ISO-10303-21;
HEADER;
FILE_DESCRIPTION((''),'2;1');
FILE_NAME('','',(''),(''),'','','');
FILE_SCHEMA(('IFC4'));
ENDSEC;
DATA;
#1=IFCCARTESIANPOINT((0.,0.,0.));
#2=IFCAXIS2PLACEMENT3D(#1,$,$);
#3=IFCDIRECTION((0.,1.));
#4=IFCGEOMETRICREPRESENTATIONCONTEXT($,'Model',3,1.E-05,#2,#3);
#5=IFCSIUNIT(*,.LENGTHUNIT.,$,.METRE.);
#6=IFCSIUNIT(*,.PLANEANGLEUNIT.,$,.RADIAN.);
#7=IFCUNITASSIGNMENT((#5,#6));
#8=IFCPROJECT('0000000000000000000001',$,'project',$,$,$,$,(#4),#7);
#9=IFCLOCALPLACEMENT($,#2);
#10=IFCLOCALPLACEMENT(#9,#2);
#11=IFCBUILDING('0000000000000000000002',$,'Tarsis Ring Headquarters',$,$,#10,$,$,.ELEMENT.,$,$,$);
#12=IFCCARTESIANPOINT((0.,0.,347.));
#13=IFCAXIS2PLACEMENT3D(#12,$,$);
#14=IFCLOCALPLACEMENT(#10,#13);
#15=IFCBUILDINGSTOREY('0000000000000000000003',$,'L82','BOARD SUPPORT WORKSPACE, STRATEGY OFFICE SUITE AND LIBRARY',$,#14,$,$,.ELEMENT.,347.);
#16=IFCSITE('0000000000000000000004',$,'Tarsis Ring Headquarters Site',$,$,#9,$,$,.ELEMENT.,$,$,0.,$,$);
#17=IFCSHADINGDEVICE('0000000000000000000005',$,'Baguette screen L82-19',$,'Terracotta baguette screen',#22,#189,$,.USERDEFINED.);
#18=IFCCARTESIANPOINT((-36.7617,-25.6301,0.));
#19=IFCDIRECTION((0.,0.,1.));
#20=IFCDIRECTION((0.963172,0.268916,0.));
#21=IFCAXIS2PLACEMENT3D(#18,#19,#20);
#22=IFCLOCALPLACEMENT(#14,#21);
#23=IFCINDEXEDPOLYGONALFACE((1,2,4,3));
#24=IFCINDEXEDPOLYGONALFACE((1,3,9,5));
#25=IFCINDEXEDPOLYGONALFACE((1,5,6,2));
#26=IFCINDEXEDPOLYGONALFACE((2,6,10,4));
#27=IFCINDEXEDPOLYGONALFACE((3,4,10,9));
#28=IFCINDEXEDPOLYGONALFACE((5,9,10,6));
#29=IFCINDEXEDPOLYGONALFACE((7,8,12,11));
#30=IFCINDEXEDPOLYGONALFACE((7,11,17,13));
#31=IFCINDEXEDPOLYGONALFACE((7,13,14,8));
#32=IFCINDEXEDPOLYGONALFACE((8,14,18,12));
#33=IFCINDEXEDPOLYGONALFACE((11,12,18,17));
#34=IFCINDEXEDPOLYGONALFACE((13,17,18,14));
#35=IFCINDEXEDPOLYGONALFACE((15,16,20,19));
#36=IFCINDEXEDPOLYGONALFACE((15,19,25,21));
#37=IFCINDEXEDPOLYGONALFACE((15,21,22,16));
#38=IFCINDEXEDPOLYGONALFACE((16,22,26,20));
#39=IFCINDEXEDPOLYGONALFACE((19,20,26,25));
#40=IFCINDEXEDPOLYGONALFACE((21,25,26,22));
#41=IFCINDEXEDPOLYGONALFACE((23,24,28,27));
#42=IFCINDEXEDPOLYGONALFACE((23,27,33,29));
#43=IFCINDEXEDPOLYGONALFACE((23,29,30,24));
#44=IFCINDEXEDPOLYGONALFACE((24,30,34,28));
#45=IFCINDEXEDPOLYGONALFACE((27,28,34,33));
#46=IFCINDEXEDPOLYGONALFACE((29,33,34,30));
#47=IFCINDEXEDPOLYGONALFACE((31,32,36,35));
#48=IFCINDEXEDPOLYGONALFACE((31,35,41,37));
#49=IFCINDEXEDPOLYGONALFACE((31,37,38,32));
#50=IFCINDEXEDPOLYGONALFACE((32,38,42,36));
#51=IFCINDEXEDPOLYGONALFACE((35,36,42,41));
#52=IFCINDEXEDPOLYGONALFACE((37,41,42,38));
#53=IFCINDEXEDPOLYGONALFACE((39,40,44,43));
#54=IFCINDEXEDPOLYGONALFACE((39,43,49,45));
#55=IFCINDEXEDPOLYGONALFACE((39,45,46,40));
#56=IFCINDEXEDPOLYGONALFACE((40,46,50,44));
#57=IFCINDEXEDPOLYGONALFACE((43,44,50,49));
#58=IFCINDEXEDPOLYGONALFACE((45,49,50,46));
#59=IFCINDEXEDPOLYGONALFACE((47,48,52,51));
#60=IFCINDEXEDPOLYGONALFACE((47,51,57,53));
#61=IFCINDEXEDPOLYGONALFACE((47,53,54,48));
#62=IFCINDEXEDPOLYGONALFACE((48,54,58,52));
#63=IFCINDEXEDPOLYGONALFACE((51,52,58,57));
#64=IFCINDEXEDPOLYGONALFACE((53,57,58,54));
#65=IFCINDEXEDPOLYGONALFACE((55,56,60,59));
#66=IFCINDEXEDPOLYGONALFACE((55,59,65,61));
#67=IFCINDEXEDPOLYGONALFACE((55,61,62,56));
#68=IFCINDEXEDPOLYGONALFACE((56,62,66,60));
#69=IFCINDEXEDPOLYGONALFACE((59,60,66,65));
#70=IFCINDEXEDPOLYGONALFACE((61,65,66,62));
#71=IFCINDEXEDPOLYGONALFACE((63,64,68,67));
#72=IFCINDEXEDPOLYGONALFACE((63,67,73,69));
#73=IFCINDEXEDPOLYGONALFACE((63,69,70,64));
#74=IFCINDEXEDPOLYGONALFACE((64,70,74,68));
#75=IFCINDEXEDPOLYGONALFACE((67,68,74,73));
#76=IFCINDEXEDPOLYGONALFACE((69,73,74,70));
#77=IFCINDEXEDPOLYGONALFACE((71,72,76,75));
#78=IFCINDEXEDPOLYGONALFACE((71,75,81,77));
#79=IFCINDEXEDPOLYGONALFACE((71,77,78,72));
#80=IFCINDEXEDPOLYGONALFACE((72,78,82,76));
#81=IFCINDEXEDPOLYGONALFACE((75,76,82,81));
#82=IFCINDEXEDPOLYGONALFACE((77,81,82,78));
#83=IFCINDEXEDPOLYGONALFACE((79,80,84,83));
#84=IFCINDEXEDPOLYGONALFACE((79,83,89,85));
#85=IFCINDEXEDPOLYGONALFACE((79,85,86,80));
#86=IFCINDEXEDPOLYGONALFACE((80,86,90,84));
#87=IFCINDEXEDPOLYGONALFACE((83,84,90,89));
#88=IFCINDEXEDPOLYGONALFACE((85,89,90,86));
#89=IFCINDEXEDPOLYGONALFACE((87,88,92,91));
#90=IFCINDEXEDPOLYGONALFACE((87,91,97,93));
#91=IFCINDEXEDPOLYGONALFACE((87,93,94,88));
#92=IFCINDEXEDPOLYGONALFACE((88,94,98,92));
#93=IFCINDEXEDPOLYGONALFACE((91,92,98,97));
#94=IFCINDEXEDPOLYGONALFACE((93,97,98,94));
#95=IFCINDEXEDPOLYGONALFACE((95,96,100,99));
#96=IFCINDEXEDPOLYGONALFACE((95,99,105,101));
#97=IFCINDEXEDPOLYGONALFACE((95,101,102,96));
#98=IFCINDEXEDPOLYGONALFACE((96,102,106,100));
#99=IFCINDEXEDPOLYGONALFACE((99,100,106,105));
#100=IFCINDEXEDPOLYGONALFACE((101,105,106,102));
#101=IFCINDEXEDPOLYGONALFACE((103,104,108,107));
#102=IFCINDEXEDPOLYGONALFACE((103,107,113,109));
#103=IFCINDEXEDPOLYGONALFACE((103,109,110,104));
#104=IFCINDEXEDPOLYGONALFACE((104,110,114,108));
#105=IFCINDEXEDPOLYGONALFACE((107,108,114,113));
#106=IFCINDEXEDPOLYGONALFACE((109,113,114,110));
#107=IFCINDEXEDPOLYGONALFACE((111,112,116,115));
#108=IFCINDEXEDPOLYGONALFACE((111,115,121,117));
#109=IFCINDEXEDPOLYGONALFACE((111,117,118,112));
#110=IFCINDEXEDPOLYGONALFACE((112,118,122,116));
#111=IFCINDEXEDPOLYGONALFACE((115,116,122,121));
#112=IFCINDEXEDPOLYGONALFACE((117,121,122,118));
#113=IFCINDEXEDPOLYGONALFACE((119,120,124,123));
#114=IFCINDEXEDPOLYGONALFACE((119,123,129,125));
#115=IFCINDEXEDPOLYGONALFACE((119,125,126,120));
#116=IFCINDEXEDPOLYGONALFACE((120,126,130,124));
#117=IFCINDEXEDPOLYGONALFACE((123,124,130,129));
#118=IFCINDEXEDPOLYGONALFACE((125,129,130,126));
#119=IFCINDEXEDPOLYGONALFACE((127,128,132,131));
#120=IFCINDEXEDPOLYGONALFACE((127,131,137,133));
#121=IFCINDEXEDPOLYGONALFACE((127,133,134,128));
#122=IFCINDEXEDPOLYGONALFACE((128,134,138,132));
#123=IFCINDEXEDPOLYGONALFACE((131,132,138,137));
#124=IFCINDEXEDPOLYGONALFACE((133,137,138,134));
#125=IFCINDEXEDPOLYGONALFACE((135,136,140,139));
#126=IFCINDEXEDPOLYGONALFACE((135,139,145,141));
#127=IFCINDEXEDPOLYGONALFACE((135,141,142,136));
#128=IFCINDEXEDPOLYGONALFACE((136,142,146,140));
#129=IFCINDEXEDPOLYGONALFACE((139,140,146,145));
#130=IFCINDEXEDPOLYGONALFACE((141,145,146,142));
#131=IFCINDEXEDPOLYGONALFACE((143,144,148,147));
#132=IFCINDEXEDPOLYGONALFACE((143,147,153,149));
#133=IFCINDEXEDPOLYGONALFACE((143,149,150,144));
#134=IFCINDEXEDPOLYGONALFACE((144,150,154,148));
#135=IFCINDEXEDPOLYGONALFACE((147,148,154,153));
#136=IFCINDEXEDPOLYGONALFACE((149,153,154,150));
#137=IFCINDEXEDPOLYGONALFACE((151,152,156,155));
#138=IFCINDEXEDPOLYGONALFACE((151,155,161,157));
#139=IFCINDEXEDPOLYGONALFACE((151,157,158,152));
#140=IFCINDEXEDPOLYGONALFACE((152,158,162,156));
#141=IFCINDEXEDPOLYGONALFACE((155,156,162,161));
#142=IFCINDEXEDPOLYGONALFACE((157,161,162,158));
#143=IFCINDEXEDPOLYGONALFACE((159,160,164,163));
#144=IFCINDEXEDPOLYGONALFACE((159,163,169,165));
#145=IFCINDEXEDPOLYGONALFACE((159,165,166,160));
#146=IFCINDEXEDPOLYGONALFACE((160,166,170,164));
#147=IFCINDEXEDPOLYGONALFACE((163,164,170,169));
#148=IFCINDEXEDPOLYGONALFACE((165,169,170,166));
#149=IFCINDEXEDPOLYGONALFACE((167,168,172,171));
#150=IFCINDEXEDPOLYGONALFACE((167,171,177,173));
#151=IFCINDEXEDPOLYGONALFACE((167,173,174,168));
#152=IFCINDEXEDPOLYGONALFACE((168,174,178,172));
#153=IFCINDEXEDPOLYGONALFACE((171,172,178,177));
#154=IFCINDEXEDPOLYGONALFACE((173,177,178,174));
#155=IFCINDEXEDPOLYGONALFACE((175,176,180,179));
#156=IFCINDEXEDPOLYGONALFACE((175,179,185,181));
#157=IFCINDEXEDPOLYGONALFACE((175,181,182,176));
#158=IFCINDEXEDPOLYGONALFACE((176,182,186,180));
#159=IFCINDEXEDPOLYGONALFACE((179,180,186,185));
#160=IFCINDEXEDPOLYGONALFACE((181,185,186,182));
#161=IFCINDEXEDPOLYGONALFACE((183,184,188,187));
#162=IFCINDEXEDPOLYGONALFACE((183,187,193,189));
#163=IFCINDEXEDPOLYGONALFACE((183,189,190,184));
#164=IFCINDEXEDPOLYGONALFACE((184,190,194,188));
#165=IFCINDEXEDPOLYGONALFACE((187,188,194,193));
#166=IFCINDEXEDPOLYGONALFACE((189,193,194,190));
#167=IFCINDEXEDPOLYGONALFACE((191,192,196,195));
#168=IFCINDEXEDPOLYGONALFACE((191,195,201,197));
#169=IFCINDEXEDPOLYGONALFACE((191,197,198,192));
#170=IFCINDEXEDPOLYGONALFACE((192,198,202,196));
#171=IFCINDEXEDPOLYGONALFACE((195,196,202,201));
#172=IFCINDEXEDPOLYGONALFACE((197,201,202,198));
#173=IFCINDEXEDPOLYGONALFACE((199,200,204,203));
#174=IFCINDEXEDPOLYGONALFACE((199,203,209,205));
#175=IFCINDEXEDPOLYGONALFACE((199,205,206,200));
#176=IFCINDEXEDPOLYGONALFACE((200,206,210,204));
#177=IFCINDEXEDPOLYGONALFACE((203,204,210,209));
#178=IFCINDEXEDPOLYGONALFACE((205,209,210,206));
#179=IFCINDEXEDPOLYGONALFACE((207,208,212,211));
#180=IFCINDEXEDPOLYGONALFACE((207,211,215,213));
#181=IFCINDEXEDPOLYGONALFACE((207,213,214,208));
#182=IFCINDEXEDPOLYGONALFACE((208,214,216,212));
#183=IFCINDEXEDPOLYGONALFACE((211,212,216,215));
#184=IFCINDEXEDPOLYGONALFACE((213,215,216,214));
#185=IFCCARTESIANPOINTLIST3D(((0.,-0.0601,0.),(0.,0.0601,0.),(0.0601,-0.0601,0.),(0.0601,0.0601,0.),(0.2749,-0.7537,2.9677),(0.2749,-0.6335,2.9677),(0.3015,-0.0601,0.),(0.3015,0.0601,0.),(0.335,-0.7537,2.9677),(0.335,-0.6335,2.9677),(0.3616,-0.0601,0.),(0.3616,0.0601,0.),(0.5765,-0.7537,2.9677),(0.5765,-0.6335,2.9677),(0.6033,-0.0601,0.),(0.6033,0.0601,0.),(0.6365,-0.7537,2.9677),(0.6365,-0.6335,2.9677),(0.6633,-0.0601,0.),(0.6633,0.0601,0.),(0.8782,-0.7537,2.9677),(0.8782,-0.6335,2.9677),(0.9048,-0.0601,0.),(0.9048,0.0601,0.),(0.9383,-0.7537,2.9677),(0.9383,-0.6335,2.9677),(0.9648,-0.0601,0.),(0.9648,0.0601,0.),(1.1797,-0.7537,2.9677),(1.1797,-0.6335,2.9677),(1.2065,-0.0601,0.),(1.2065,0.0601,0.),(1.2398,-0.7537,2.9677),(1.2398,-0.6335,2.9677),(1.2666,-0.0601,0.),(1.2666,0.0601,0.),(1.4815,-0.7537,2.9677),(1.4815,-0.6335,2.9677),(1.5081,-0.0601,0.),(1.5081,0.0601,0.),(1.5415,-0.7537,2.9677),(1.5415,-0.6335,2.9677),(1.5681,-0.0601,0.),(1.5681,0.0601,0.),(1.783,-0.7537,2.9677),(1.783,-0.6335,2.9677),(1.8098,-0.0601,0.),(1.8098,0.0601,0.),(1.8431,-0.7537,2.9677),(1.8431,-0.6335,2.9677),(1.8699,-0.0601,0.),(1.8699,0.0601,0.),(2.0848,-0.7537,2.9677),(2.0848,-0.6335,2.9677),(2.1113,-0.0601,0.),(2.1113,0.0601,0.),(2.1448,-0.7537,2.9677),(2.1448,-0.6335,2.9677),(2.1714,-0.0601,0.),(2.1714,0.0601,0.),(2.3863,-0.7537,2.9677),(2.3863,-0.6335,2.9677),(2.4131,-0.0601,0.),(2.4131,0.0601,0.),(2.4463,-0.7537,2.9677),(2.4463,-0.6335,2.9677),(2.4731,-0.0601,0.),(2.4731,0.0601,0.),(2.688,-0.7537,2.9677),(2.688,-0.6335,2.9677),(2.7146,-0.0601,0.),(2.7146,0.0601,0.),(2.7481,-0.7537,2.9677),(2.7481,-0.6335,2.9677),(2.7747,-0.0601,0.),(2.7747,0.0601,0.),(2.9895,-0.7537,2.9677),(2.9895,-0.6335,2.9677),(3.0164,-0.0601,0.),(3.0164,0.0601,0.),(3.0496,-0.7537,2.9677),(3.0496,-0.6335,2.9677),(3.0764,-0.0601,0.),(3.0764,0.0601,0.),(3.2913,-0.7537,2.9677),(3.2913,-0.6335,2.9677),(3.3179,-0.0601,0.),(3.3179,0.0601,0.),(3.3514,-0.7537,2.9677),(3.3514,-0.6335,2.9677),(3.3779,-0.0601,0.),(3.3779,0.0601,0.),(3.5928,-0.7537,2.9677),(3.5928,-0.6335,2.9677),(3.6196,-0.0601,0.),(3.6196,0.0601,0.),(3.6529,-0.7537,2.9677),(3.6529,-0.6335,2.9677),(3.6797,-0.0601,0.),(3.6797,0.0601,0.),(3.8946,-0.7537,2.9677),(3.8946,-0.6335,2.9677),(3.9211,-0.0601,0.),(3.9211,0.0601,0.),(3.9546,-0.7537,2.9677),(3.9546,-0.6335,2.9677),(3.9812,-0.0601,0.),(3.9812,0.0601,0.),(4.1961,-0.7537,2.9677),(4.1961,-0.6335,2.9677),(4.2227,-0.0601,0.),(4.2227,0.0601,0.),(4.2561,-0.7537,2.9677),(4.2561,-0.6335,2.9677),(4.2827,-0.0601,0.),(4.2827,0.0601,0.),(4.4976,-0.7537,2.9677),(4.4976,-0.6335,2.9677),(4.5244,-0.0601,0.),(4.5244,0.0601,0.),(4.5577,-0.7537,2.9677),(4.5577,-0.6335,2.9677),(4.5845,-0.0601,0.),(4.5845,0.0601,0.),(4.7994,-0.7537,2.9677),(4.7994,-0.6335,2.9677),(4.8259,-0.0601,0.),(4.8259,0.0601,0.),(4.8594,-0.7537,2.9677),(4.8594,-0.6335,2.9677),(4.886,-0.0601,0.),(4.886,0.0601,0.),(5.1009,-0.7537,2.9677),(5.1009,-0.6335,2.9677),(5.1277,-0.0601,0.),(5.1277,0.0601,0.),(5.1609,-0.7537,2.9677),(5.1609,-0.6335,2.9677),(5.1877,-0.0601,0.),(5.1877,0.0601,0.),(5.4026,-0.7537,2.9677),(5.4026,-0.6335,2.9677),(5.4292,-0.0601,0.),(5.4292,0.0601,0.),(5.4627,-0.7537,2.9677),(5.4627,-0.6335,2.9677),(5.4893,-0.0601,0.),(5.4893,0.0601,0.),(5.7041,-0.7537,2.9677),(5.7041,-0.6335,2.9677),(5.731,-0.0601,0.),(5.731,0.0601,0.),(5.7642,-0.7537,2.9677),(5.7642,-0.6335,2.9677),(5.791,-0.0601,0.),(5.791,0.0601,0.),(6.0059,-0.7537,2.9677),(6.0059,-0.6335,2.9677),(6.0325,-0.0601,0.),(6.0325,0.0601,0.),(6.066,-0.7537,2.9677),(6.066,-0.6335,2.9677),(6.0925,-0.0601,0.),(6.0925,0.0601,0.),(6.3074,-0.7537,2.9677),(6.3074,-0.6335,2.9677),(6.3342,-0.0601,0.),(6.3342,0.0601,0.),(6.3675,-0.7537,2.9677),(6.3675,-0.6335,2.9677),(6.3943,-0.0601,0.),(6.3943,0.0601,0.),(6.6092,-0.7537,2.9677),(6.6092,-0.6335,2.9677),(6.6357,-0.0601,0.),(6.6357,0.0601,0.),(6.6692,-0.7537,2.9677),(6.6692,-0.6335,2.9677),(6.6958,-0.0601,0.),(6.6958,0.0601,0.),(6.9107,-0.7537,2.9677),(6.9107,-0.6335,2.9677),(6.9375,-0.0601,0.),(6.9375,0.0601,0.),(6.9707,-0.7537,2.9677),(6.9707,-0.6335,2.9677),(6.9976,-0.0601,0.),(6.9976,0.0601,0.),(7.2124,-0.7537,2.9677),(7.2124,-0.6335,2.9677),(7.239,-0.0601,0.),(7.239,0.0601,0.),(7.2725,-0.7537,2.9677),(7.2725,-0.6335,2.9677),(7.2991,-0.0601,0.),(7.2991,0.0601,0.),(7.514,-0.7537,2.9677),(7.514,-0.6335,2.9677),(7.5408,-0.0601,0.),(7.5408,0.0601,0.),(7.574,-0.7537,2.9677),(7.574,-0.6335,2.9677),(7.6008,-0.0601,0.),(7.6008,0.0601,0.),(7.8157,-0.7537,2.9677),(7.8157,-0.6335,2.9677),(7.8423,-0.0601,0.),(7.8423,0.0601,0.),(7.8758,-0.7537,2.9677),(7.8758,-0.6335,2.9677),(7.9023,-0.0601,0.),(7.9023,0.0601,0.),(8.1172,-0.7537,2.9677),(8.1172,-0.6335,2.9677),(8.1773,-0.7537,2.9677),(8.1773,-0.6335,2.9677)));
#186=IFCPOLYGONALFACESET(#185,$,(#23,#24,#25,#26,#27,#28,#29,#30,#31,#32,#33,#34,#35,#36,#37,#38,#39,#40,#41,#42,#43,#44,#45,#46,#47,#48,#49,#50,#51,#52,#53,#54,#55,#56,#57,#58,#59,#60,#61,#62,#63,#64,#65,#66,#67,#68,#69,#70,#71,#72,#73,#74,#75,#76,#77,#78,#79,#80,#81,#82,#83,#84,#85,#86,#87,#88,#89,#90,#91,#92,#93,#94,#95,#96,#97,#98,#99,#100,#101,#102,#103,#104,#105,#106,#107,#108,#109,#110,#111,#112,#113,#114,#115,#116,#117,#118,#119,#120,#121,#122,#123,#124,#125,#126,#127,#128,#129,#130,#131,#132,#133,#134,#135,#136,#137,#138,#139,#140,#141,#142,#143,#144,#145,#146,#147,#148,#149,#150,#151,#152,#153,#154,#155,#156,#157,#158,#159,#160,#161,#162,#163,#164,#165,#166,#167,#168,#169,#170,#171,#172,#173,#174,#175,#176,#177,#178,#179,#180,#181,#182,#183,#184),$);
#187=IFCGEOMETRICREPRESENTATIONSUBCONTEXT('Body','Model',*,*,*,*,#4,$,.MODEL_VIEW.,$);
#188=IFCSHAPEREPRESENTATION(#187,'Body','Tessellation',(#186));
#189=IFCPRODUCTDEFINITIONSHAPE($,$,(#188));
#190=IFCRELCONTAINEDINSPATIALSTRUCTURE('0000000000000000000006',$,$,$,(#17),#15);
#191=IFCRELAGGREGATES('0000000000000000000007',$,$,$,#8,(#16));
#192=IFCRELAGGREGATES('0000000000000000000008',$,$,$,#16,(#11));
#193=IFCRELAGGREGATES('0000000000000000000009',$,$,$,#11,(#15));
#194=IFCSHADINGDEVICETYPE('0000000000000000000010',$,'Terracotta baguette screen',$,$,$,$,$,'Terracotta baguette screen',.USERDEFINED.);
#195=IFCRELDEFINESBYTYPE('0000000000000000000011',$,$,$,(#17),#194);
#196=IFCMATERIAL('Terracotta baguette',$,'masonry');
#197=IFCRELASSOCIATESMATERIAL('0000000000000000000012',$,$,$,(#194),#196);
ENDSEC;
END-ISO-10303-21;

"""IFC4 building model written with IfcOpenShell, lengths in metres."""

from ifc_helpers import new_model, si_unit, direction, frame, frame_2d, origin, place, context, subcontext, project, spatial, rectangle, composite_profile, extrude, material, type_object, element, save


model = new_model("IFC4")

# Units and contexts
model_context = context("Model", 3, precision=1e-05, world=origin(), true_north=direction((0.0, 1.0)))
body_context = subcontext(model_context, "Body", "Model", "MODEL_VIEW")
ifc_project = project(units=[si_unit("LENGTHUNIT", "METRE"), si_unit("PLANEANGLEUNIT", "RADIAN")], contexts=[model_context])

# Site, building, storey
site_placement = place(None, origin())
site = spatial("IfcSite", under=ifc_project, at=site_placement, Name="Tarsis Ring Headquarters Site", CompositionType="ELEMENT", RefElevation=0.0)
building_placement = place(site_placement, origin())
building = spatial("IfcBuilding", under=site, at=building_placement, Name="Tarsis Ring Headquarters", CompositionType="ELEMENT")
storey_placement = place(building_placement, frame((0.0, 0.0, 347.0)))
storey = spatial("IfcBuildingStorey", under=building, at=storey_placement, Name="L82", Description="BOARD SUPPORT WORKSPACE, STRATEGY OFFICE SUITE AND LIBRARY", CompositionType="ELEMENT", Elevation=347.0)

# Shading device
ifc_material_1 = material(Name="Terracotta baguette", Category="masonry")
shading_device_type_1 = type_object("IfcShadingDeviceType", Name="Terracotta baguette screen", ElementType="Terracotta baguette screen", PredefinedType="USERDEFINED", material=ifc_material_1)
shading_device_1_placement = place(storey_placement, frame((-36.7617, -25.6301, 0.0), z_axis=(0.0, 0.0, 1.0), x_axis=(0.963172, 0.268916, 0.0)))
element("IfcShadingDevice", 1, at=shading_device_1_placement, inside=storey, type_object=shading_device_type_1, Name="Baguette screen L82-19", ObjectType="Terracotta baguette screen", PredefinedType="USERDEFINED", context=body_context, shape_type="SweptSolid", body=[
    extrude(composite_profile([rectangle(XDim=0.0601, YDim=0.1201, at=frame_2d((0.03, 0.0))), rectangle(XDim=0.0601, YDim=0.1201, at=frame_2d((0.3315, 0.0))), rectangle(XDim=0.0601, YDim=0.1201, at=frame_2d((0.6333, 0.0))), rectangle(XDim=0.0601, YDim=0.1201, at=frame_2d((0.9348, 0.0))), rectangle(XDim=0.0601, YDim=0.1201, at=frame_2d((1.2366, 0.0))), rectangle(XDim=0.0601, YDim=0.1201, at=frame_2d((1.5381, 0.0))), rectangle(XDim=0.0601, YDim=0.1201, at=frame_2d((1.8398, 0.0))), rectangle(XDim=0.0601, YDim=0.1201, at=frame_2d((2.1414, 0.0))), rectangle(XDim=0.0601, YDim=0.1201, at=frame_2d((2.4431, 0.0))), rectangle(XDim=0.0601, YDim=0.1201, at=frame_2d((2.7446, 0.0))), rectangle(XDim=0.0601, YDim=0.1201, at=frame_2d((3.0464, 0.0))), rectangle(XDim=0.0601, YDim=0.1201, at=frame_2d((3.3479, 0.0))), rectangle(XDim=0.0601, YDim=0.1201, at=frame_2d((3.6497, 0.0))), rectangle(XDim=0.0601, YDim=0.1201, at=frame_2d((3.9512, 0.0))), rectangle(XDim=0.0601, YDim=0.1201, at=frame_2d((4.2527, 0.0))), rectangle(XDim=0.0601, YDim=0.1201, at=frame_2d((4.5544, 0.0))), rectangle(XDim=0.0601, YDim=0.1201, at=frame_2d((4.856, 0.0))), rectangle(XDim=0.0601, YDim=0.1201, at=frame_2d((5.1577, 0.0))), rectangle(XDim=0.0601, YDim=0.1201, at=frame_2d((5.4592, 0.0))), rectangle(XDim=0.0601, YDim=0.1201, at=frame_2d((5.761, 0.0))), rectangle(XDim=0.0601, YDim=0.1201, at=frame_2d((6.0625, 0.0))), rectangle(XDim=0.0601, YDim=0.1201, at=frame_2d((6.3643, 0.0))), rectangle(XDim=0.0601, YDim=0.1201, at=frame_2d((6.6658, 0.0))), rectangle(XDim=0.0601, YDim=0.1201, at=frame_2d((6.9675, 0.0))), rectangle(XDim=0.0601, YDim=0.1201, at=frame_2d((7.269, 0.0))), rectangle(XDim=0.0601, YDim=0.1201, at=frame_2d((7.5708, 0.0))), rectangle(XDim=0.0601, YDim=0.1201, at=frame_2d((7.8723, 0.0)))]), origin(), (0.089849, -0.226662, 0.96982), 3.0601),
])

save(model, "model.ifc")
